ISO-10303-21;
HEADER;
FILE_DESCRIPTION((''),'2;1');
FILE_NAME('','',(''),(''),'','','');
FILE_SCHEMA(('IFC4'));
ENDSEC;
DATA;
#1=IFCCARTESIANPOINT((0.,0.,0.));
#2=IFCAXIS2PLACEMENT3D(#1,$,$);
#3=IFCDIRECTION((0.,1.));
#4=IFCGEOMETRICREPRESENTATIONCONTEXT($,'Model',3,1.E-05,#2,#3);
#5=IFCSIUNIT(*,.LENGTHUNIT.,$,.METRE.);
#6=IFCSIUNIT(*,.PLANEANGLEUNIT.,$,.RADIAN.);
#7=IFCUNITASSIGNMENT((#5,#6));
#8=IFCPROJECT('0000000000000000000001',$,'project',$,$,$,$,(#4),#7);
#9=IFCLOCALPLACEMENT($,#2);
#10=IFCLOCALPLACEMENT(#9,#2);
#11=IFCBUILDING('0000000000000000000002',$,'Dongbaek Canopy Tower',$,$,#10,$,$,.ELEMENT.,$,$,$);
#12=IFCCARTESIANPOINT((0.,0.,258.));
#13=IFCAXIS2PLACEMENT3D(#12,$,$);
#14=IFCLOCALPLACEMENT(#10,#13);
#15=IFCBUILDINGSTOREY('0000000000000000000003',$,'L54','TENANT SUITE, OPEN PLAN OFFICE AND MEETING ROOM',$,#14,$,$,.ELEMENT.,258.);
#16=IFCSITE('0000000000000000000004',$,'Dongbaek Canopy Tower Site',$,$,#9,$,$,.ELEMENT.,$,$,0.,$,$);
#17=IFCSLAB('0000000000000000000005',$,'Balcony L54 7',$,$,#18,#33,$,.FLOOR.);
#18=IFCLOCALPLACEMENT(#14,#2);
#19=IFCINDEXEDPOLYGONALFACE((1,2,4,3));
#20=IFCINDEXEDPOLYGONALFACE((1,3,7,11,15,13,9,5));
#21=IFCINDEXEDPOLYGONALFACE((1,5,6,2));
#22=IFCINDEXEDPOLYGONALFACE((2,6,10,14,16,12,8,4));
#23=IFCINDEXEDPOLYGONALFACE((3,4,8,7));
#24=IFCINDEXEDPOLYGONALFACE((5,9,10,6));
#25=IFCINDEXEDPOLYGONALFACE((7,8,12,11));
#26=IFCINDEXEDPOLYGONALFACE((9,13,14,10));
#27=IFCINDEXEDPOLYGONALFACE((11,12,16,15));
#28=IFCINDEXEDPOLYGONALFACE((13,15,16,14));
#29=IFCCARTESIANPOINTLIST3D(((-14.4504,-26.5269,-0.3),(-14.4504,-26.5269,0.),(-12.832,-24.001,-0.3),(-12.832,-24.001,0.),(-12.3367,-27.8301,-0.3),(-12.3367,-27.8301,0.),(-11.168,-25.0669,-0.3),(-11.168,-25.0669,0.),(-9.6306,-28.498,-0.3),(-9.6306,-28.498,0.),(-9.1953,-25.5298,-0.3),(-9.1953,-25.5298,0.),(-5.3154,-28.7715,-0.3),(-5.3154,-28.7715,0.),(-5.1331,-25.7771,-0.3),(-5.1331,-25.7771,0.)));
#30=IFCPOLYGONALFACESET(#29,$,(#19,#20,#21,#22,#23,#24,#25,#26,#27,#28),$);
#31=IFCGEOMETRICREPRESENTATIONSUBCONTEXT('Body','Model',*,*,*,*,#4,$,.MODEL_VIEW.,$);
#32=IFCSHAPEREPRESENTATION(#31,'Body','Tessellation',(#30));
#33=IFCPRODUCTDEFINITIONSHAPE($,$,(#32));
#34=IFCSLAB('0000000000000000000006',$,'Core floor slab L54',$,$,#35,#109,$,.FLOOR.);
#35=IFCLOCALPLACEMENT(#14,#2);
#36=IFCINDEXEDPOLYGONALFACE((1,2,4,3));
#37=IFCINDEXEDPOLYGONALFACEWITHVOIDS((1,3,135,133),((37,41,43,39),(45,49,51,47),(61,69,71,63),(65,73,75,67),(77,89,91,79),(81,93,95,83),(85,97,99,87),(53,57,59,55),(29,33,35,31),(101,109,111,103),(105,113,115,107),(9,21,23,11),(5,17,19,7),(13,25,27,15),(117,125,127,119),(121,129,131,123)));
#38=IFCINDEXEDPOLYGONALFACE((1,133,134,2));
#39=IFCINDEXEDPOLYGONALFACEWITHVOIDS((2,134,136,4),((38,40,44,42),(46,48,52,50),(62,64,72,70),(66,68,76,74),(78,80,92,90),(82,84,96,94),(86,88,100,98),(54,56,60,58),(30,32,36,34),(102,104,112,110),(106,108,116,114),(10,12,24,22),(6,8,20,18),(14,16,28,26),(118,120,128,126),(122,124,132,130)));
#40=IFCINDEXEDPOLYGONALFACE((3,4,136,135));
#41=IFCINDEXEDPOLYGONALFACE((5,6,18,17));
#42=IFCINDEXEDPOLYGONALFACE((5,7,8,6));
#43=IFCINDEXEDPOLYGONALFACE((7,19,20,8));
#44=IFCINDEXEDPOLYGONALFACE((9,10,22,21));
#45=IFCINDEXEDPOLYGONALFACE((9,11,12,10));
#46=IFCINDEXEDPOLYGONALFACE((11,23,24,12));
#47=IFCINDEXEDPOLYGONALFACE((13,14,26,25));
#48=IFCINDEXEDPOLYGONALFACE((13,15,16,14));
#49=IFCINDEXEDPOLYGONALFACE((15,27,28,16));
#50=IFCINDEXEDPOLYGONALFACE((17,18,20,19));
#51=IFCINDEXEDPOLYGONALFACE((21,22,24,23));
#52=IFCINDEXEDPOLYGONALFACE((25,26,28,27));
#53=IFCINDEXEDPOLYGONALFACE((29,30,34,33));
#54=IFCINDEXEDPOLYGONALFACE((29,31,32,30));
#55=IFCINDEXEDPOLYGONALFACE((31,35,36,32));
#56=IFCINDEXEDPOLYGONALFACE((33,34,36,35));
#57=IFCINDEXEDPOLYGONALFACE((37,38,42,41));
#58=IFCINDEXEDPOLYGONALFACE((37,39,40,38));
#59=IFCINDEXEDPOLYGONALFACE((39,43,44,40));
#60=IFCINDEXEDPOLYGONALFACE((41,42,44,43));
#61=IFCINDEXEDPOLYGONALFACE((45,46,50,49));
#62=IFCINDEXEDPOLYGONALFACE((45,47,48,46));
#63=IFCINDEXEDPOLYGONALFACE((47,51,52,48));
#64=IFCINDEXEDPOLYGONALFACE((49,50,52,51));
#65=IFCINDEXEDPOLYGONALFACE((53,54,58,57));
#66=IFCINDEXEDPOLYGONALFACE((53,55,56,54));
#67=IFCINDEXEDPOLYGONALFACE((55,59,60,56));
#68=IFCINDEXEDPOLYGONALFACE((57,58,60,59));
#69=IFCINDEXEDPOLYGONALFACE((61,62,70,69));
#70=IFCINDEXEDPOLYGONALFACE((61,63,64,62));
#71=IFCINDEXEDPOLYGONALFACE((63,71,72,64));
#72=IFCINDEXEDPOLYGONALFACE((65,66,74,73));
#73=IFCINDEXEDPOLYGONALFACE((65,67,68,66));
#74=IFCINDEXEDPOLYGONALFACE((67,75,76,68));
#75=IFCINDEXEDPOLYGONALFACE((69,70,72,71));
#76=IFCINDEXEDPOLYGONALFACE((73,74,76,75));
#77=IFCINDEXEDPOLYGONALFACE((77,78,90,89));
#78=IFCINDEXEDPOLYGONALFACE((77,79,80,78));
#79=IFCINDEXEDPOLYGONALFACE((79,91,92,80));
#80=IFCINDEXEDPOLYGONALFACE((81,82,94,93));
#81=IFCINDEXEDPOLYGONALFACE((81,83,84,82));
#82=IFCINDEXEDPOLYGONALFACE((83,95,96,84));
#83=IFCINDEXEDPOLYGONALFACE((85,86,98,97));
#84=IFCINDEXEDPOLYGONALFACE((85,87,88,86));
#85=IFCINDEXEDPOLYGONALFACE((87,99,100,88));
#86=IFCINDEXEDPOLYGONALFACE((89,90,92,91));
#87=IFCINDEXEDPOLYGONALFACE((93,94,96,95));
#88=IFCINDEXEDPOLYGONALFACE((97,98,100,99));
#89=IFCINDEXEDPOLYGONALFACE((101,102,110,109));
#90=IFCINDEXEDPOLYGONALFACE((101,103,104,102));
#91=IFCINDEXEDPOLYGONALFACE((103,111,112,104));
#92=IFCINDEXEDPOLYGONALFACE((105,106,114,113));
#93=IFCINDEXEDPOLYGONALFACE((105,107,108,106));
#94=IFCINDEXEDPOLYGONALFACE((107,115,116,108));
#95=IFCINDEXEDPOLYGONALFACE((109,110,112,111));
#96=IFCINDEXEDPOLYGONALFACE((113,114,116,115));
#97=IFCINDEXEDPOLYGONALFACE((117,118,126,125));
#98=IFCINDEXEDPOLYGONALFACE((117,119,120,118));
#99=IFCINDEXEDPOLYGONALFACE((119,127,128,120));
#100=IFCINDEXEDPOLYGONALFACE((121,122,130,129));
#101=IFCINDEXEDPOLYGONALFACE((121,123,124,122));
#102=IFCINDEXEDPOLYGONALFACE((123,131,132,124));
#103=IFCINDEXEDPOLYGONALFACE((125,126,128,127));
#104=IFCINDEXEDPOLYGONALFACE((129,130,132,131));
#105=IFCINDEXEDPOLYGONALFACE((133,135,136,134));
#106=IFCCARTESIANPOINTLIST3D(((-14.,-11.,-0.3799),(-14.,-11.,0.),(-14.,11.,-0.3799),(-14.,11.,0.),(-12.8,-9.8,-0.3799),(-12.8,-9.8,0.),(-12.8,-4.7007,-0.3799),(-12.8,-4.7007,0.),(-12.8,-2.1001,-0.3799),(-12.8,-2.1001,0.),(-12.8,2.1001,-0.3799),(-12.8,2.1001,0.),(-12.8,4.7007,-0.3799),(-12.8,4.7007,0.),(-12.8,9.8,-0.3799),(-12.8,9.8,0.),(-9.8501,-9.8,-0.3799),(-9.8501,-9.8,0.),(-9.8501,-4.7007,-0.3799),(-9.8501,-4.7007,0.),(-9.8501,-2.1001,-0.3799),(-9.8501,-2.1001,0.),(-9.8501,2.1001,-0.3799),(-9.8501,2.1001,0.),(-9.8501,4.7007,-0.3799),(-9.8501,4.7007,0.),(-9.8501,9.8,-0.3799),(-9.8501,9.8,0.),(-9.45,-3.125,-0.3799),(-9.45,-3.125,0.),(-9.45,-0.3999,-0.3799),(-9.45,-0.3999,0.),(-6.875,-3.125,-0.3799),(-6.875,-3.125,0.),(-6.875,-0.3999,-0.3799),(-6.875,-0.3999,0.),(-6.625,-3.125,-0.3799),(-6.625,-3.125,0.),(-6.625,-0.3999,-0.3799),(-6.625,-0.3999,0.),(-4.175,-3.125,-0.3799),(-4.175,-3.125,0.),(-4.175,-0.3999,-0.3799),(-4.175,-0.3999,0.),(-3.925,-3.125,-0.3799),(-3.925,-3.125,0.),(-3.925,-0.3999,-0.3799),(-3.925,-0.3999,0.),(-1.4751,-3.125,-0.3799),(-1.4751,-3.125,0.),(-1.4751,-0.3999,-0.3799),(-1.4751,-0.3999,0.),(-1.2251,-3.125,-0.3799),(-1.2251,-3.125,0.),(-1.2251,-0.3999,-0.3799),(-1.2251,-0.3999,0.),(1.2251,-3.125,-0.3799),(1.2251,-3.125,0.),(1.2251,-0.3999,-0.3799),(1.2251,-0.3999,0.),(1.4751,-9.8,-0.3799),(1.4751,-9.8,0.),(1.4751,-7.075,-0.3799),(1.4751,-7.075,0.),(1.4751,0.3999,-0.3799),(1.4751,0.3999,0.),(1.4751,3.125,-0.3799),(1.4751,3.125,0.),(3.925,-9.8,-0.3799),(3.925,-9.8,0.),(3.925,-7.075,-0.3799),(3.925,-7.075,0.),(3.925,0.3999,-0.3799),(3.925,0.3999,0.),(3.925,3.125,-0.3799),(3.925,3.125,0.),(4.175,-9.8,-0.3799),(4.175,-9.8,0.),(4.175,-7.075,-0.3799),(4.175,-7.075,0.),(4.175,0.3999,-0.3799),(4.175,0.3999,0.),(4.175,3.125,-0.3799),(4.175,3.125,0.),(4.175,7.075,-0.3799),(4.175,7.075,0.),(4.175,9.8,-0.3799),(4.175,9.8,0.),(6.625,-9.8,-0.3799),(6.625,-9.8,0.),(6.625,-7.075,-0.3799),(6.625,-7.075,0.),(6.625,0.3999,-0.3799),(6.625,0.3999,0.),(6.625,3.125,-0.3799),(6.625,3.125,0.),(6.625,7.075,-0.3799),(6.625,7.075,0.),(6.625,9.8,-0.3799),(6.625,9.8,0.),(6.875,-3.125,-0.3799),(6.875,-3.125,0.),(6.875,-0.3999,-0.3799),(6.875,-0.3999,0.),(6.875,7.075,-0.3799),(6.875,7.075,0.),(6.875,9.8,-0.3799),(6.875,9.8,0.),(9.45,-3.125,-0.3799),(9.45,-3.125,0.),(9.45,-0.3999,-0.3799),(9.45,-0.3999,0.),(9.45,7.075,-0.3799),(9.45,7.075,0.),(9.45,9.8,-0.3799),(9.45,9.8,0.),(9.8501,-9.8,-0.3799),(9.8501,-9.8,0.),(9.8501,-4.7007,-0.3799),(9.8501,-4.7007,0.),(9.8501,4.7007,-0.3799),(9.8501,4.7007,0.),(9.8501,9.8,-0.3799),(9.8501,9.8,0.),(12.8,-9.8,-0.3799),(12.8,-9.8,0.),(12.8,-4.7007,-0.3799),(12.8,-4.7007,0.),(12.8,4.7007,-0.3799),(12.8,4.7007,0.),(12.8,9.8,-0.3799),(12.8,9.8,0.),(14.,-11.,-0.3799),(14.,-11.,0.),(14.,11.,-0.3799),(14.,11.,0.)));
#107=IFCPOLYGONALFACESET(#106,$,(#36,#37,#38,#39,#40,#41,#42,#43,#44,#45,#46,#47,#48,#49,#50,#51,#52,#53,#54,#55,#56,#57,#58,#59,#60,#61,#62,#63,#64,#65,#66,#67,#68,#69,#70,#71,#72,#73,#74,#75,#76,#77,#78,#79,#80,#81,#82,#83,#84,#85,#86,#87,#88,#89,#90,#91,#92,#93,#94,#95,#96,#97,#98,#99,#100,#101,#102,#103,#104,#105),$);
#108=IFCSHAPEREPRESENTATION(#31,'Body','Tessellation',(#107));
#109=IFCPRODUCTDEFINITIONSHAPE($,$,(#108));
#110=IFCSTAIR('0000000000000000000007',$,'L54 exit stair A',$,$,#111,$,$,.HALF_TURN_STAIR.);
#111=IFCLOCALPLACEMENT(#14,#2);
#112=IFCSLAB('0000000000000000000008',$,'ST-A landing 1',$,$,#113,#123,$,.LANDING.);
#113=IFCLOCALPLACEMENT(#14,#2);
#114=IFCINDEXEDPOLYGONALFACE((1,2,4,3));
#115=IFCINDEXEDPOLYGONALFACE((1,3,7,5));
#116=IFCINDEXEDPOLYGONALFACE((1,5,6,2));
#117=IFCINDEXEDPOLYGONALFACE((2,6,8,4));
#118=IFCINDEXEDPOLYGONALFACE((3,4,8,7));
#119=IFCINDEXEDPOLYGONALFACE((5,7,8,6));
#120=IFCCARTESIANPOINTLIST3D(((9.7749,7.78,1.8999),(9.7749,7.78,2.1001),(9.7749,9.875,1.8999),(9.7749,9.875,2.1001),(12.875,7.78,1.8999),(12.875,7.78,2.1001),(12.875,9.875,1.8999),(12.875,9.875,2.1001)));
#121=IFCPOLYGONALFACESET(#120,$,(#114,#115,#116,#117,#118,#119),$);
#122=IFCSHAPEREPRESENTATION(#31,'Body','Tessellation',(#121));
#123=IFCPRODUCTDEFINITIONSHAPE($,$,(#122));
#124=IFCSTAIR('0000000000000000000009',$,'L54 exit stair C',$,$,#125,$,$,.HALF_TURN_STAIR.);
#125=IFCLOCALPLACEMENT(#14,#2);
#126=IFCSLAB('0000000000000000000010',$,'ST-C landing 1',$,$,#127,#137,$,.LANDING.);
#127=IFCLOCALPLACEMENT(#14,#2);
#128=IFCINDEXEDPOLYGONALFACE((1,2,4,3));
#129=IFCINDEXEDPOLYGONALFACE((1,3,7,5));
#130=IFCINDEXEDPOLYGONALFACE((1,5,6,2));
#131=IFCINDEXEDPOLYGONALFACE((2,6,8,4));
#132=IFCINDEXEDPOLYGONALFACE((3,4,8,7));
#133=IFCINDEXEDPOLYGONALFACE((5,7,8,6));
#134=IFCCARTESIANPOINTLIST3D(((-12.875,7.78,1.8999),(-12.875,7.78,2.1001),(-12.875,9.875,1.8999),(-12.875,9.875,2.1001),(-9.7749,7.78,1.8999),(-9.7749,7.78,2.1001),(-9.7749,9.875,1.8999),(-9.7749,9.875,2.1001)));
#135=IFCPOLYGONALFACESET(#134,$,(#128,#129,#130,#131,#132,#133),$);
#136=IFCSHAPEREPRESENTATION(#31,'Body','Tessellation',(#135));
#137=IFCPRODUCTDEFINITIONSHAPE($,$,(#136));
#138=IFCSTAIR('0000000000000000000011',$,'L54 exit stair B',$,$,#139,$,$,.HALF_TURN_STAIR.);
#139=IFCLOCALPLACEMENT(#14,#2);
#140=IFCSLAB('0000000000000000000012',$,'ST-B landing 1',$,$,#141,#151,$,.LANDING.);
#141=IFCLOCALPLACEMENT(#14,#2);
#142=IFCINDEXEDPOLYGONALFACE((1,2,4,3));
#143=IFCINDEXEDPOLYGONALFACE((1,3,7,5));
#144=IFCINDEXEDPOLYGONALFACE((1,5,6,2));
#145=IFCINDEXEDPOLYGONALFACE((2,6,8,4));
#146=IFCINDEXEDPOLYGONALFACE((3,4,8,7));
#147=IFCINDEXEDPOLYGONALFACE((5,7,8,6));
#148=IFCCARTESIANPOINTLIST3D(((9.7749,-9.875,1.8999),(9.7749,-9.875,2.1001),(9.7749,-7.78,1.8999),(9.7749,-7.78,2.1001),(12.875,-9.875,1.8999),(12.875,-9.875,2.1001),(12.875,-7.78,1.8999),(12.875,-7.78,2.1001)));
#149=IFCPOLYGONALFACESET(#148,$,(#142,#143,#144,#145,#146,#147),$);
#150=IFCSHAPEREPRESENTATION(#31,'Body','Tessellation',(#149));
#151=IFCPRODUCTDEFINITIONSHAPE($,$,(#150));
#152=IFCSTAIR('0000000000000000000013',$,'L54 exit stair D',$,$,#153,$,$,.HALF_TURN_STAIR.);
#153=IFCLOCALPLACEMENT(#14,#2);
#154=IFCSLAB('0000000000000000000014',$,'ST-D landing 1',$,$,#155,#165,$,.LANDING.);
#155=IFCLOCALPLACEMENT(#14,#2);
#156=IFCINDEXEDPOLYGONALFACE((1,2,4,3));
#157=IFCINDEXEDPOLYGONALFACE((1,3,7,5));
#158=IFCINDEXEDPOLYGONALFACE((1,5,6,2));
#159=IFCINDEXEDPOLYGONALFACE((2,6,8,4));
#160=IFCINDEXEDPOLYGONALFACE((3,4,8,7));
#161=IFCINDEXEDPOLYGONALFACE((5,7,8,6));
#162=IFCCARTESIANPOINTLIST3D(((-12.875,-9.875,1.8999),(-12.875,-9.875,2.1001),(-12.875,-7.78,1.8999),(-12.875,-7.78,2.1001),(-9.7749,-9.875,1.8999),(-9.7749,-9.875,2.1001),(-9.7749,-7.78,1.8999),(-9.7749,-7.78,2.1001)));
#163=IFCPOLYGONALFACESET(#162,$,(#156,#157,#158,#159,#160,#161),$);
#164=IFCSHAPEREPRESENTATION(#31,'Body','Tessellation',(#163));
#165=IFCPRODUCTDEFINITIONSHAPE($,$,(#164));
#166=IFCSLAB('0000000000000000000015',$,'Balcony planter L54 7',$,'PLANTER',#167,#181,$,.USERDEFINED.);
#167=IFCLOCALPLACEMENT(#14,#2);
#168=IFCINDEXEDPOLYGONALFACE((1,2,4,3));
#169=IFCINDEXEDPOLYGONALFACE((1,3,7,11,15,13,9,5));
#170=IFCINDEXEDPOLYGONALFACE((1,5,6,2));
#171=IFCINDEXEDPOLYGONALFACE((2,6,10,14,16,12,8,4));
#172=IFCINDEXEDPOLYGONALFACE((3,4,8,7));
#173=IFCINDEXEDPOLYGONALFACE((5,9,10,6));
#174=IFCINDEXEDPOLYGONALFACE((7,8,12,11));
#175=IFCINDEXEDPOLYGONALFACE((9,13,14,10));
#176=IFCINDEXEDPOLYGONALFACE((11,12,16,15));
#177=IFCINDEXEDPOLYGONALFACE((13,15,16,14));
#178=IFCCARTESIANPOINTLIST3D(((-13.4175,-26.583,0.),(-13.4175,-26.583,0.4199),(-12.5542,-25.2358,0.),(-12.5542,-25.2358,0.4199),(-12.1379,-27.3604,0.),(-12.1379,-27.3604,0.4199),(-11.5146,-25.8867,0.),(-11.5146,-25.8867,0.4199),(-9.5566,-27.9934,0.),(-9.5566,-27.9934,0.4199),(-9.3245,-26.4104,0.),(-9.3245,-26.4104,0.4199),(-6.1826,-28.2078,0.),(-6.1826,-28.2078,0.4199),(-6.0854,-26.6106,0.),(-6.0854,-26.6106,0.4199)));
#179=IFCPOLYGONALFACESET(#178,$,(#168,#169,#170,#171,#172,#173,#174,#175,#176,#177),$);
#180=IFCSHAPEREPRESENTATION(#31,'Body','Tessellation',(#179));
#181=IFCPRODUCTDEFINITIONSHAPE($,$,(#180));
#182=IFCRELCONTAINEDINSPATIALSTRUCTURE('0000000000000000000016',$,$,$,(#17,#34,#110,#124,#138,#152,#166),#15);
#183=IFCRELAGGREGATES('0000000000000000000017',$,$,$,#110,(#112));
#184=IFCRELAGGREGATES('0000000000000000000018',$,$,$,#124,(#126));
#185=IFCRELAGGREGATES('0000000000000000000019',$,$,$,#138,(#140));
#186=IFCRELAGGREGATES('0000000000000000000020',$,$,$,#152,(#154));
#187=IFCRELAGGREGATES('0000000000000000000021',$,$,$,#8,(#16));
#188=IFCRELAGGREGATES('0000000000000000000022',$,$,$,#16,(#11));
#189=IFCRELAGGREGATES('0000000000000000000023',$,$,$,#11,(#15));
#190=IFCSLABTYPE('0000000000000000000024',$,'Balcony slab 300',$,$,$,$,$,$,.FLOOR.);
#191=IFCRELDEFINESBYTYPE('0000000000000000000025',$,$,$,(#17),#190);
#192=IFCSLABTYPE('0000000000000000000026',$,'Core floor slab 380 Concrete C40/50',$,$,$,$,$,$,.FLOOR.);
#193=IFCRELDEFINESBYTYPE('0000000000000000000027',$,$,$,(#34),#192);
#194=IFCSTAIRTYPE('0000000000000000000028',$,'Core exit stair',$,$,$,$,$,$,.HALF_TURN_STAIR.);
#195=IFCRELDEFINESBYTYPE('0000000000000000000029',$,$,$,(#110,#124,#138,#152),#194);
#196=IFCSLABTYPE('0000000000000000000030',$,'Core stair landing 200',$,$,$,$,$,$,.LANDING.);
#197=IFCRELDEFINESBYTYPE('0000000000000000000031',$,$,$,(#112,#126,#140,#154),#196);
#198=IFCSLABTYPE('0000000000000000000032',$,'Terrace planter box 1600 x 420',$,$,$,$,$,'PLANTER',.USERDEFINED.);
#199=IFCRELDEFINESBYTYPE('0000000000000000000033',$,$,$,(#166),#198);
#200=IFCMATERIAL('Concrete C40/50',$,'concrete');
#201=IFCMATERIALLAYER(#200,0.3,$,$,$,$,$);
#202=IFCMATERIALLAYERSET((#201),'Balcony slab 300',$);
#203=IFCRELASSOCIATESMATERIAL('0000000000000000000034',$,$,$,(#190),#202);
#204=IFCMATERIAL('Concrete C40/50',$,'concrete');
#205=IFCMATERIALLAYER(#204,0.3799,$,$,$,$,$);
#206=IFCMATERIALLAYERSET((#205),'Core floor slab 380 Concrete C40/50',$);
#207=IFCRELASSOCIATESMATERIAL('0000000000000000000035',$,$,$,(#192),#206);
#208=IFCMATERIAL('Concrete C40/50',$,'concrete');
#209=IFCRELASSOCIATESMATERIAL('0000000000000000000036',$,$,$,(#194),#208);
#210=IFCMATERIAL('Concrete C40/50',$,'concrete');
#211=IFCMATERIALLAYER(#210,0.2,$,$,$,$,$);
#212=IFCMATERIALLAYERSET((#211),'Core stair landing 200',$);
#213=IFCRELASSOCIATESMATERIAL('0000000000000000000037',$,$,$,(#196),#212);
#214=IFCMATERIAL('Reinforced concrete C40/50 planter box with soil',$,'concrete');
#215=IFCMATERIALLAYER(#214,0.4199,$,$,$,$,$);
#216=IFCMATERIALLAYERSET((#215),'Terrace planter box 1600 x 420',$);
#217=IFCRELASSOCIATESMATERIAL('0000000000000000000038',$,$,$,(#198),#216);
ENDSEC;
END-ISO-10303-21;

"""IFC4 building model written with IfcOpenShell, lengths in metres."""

from ifc_helpers import new_model, si_unit, direction, frame, origin, place, context, subcontext, project, spatial, polyline, outline, extrude, material, layer, layer_set, type_object, element, aggregate, save


model = new_model("IFC4")

# Units and contexts
model_context = context("Model", 3, precision=1e-05, world=origin(), true_north=direction((0.0, 1.0)))
body_context = subcontext(model_context, "Body", "Model", "MODEL_VIEW")
ifc_project = project(units=[si_unit("LENGTHUNIT", "METRE"), si_unit("PLANEANGLEUNIT", "RADIAN")], contexts=[model_context])

# Site, building, storey
site_placement = place(None, origin())
site = spatial("IfcSite", under=ifc_project, at=site_placement, Name="Dongbaek Canopy Tower Site", CompositionType="ELEMENT", RefElevation=0.0)
building_placement = place(site_placement, origin())
building = spatial("IfcBuilding", under=site, at=building_placement, Name="Dongbaek Canopy Tower", CompositionType="ELEMENT")
storey_placement = place(building_placement, frame((0.0, 0.0, 258.0)))
storey = spatial("IfcBuildingStorey", under=building, at=storey_placement, Name="L54", Description="TENANT SUITE, OPEN PLAN OFFICE AND MEETING ROOM", CompositionType="ELEMENT", Elevation=258.0)

# Slabs
ifc_material_1 = material(Name="Concrete C40/50", Category="concrete")
ifc_layer_1 = layer(ifc_material_1, 0.3)
ifc_layer_set_1 = layer_set([ifc_layer_1], Name="Balcony slab 300")
slab_type_1 = type_object("IfcSlabType", Name="Balcony slab 300", PredefinedType="FLOOR", material=ifc_layer_set_1)
slab_1_placement = place(storey_placement, frame((0.0, 0.0, -0.3)))
element("IfcSlab", 1, at=slab_1_placement, inside=storey, type_object=slab_type_1, Name="Balcony L54 7", PredefinedType="FLOOR", context=body_context, shape_type="SweptSolid", body=[
    extrude(outline(polyline([(-12.832, -24.001), (-11.168, -25.0669), (-9.1953, -25.5298), (-5.1331, -25.7771), (-5.3154, -28.7715), (-9.6306, -28.498), (-12.3367, -27.8301), (-14.4504, -26.5269), (-12.832, -24.001)])), origin(), (0.0, 0.0, 1.0), 0.3),
])
ifc_material_2 = material(Name="Concrete C40/50", Category="concrete")
ifc_layer_2 = layer(ifc_material_2, 0.3799)
ifc_layer_set_2 = layer_set([ifc_layer_2], Name="Core floor slab 380 Concrete C40/50")
slab_type_2 = type_object("IfcSlabType", Name="Core floor slab 380 Concrete C40/50", PredefinedType="FLOOR", material=ifc_layer_set_2)
slab_2_placement = place(storey_placement, frame((0.0, 0.0, -0.3799)))
element("IfcSlab", 2, at=slab_2_placement, inside=storey, type_object=slab_type_2, Name="Core floor slab L54", PredefinedType="FLOOR", context=body_context, shape_type="SweptSolid", body=[
    extrude(outline(polyline([(14.0, -11.0), (14.0, 11.0), (-14.0, 11.0), (-14.0, -11.0), (14.0, -11.0)]), holes=[polyline([(-12.8, 2.1001), (-9.8501, 2.1001), (-9.8501, -2.1001), (-12.8, -2.1001), (-12.8, 2.1001)]), polyline([(6.625, 9.8), (6.625, 7.075), (4.175, 7.075), (4.175, 9.8), (6.625, 9.8)]), polyline([(9.45, 7.075), (6.875, 7.075), (6.875, 9.8), (9.45, 9.8), (9.45, 7.075)]), polyline([(1.4751, 0.3999), (1.4751, 3.125), (3.925, 3.125), (3.925, 0.3999), (1.4751, 0.3999)]), polyline([(4.175, 0.3999), (4.175, 3.125), (6.625, 3.125), (6.625, 0.3999), (4.175, 0.3999)]), polyline([(-9.45, -0.3999), (-6.875, -0.3999), (-6.875, -3.125), (-9.45, -3.125), (-9.45, -0.3999)]), polyline([(-6.625, -3.125), (-6.625, -0.3999), (-4.175, -0.3999), (-4.175, -3.125), (-6.625, -3.125)]), polyline([(-3.925, -3.125), (-3.925, -0.3999), (-1.4751, -0.3999), (-1.4751, -3.125), (-3.925, -3.125)]), polyline([(-1.2251, -3.125), (-1.2251, -0.3999), (1.2251, -0.3999), (1.2251, -3.125), (-1.2251, -3.125)]), polyline([(9.45, -3.125), (6.875, -3.125), (6.875, -0.3999), (9.45, -0.3999), (9.45, -3.125)]), polyline([(1.4751, -9.8), (1.4751, -7.075), (3.925, -7.075), (3.925, -9.8), (1.4751, -9.8)]), polyline([(4.175, -9.8), (4.175, -7.075), (6.625, -7.075), (6.625, -9.8), (4.175, -9.8)]), polyline([(12.8, 4.7007), (12.8, 9.8), (9.8501, 9.8), (9.8501, 4.7007), (12.8, 4.7007)]), polyline([(-9.8501, 4.7007), (-9.8501, 9.8), (-12.8, 9.8), (-12.8, 4.7007), (-9.8501, 4.7007)]), polyline([(9.8501, -4.7007), (9.8501, -9.8), (12.8, -9.8), (12.8, -4.7007), (9.8501, -4.7007)]), polyline([(-12.8, -4.7007), (-12.8, -9.8), (-9.8501, -9.8), (-9.8501, -4.7007), (-12.8, -4.7007)])]), origin(), (0.0, 0.0, 1.0), 0.3799),
])

# Stairs, slabs
ifc_material_3 = material(Name="Concrete C40/50", Category="concrete")
stair_type = type_object("IfcStairType", Name="Core exit stair", PredefinedType="HALF_TURN_STAIR", material=ifc_material_3)
stair_1_placement = place(storey_placement, origin())
stair_1 = element("IfcStair", 3, at=stair_1_placement, inside=storey, type_object=stair_type, Name="L54 exit stair A", PredefinedType="HALF_TURN_STAIR")
ifc_material_4 = material(Name="Concrete C40/50", Category="concrete")
ifc_layer_3 = layer(ifc_material_4, 0.2)
ifc_layer_set_3 = layer_set([ifc_layer_3], Name="Core stair landing 200")
slab_type_3 = type_object("IfcSlabType", Name="Core stair landing 200", PredefinedType="LANDING", material=ifc_layer_set_3)
slab_3_placement = place(storey_placement, frame((0.0, 0.0, 1.8999)))
slab_3 = element("IfcSlab", 4, at=slab_3_placement, type_object=slab_type_3, Name="ST-A landing 1", PredefinedType="LANDING", context=body_context, shape_type="SweptSolid", body=[
    extrude(outline(polyline([(12.875, 7.78), (12.875, 9.875), (9.7749, 9.875), (9.7749, 7.78), (12.875, 7.78)])), origin(), (0.0, 0.0, 1.0), 0.2002),
])
aggregate(stair_1, [slab_3])
stair_2_placement = place(storey_placement, origin())
stair_2 = element("IfcStair", 5, at=stair_2_placement, inside=storey, type_object=stair_type, Name="L54 exit stair C", PredefinedType="HALF_TURN_STAIR")
slab_4_placement = place(storey_placement, frame((0.0, 0.0, 1.8999)))
slab_4 = element("IfcSlab", 6, at=slab_4_placement, type_object=slab_type_3, Name="ST-C landing 1", PredefinedType="LANDING", context=body_context, shape_type="SweptSolid", body=[
    extrude(outline(polyline([(-9.7749, 7.78), (-9.7749, 9.875), (-12.875, 9.875), (-12.875, 7.78), (-9.7749, 7.78)])), origin(), (0.0, 0.0, 1.0), 0.2002),
])
aggregate(stair_2, [slab_4])
stair_3_placement = place(storey_placement, origin())
stair_3 = element("IfcStair", 7, at=stair_3_placement, inside=storey, type_object=stair_type, Name="L54 exit stair B", PredefinedType="HALF_TURN_STAIR")
slab_5_placement = place(storey_placement, frame((0.0, 0.0, 1.8999)))
slab_5 = element("IfcSlab", 8, at=slab_5_placement, type_object=slab_type_3, Name="ST-B landing 1", PredefinedType="LANDING", context=body_context, shape_type="SweptSolid", body=[
    extrude(outline(polyline([(9.7749, -7.78), (9.7749, -9.875), (12.875, -9.875), (12.875, -7.78), (9.7749, -7.78)])), origin(), (0.0, 0.0, 1.0), 0.2002),
])
aggregate(stair_3, [slab_5])
stair_4_placement = place(storey_placement, origin())
stair_4 = element("IfcStair", 9, at=stair_4_placement, inside=storey, type_object=stair_type, Name="L54 exit stair D", PredefinedType="HALF_TURN_STAIR")
slab_6_placement = place(storey_placement, frame((0.0, 0.0, 1.8999)))
slab_6 = element("IfcSlab", 10, at=slab_6_placement, type_object=slab_type_3, Name="ST-D landing 1", PredefinedType="LANDING", context=body_context, shape_type="SweptSolid", body=[
    extrude(outline(polyline([(-12.875, -7.78), (-12.875, -9.875), (-9.7749, -9.875), (-9.7749, -7.78), (-12.875, -7.78)])), origin(), (0.0, 0.0, 1.0), 0.2002),
])
aggregate(stair_4, [slab_6])

# Slab
ifc_material_5 = material(Name="Reinforced concrete C40/50 planter box with soil", Category="concrete")
ifc_layer_4 = layer(ifc_material_5, 0.4199)
ifc_layer_set_4 = layer_set([ifc_layer_4], Name="Terrace planter box 1600 x 420")
slab_type_4 = type_object("IfcSlabType", Name="Terrace planter box 1600 x 420", ElementType="PLANTER", PredefinedType="USERDEFINED", material=ifc_layer_set_4)
slab_7_placement = place(storey_placement, origin())
element("IfcSlab", 11, at=slab_7_placement, inside=storey, type_object=slab_type_4, Name="Balcony planter L54 7", ObjectType="PLANTER", PredefinedType="USERDEFINED", context=body_context, shape_type="SweptSolid", body=[
    extrude(outline(polyline([(-12.5542, -25.2358), (-11.5146, -25.8867), (-9.3245, -26.4104), (-6.0854, -26.6106), (-6.1826, -28.2078), (-9.5566, -27.9934), (-12.1379, -27.3604), (-13.4175, -26.583), (-12.5542, -25.2358)])), origin(), (0.0, 0.0, 1.0), 0.4199),
])

save(model, "model.ifc")
